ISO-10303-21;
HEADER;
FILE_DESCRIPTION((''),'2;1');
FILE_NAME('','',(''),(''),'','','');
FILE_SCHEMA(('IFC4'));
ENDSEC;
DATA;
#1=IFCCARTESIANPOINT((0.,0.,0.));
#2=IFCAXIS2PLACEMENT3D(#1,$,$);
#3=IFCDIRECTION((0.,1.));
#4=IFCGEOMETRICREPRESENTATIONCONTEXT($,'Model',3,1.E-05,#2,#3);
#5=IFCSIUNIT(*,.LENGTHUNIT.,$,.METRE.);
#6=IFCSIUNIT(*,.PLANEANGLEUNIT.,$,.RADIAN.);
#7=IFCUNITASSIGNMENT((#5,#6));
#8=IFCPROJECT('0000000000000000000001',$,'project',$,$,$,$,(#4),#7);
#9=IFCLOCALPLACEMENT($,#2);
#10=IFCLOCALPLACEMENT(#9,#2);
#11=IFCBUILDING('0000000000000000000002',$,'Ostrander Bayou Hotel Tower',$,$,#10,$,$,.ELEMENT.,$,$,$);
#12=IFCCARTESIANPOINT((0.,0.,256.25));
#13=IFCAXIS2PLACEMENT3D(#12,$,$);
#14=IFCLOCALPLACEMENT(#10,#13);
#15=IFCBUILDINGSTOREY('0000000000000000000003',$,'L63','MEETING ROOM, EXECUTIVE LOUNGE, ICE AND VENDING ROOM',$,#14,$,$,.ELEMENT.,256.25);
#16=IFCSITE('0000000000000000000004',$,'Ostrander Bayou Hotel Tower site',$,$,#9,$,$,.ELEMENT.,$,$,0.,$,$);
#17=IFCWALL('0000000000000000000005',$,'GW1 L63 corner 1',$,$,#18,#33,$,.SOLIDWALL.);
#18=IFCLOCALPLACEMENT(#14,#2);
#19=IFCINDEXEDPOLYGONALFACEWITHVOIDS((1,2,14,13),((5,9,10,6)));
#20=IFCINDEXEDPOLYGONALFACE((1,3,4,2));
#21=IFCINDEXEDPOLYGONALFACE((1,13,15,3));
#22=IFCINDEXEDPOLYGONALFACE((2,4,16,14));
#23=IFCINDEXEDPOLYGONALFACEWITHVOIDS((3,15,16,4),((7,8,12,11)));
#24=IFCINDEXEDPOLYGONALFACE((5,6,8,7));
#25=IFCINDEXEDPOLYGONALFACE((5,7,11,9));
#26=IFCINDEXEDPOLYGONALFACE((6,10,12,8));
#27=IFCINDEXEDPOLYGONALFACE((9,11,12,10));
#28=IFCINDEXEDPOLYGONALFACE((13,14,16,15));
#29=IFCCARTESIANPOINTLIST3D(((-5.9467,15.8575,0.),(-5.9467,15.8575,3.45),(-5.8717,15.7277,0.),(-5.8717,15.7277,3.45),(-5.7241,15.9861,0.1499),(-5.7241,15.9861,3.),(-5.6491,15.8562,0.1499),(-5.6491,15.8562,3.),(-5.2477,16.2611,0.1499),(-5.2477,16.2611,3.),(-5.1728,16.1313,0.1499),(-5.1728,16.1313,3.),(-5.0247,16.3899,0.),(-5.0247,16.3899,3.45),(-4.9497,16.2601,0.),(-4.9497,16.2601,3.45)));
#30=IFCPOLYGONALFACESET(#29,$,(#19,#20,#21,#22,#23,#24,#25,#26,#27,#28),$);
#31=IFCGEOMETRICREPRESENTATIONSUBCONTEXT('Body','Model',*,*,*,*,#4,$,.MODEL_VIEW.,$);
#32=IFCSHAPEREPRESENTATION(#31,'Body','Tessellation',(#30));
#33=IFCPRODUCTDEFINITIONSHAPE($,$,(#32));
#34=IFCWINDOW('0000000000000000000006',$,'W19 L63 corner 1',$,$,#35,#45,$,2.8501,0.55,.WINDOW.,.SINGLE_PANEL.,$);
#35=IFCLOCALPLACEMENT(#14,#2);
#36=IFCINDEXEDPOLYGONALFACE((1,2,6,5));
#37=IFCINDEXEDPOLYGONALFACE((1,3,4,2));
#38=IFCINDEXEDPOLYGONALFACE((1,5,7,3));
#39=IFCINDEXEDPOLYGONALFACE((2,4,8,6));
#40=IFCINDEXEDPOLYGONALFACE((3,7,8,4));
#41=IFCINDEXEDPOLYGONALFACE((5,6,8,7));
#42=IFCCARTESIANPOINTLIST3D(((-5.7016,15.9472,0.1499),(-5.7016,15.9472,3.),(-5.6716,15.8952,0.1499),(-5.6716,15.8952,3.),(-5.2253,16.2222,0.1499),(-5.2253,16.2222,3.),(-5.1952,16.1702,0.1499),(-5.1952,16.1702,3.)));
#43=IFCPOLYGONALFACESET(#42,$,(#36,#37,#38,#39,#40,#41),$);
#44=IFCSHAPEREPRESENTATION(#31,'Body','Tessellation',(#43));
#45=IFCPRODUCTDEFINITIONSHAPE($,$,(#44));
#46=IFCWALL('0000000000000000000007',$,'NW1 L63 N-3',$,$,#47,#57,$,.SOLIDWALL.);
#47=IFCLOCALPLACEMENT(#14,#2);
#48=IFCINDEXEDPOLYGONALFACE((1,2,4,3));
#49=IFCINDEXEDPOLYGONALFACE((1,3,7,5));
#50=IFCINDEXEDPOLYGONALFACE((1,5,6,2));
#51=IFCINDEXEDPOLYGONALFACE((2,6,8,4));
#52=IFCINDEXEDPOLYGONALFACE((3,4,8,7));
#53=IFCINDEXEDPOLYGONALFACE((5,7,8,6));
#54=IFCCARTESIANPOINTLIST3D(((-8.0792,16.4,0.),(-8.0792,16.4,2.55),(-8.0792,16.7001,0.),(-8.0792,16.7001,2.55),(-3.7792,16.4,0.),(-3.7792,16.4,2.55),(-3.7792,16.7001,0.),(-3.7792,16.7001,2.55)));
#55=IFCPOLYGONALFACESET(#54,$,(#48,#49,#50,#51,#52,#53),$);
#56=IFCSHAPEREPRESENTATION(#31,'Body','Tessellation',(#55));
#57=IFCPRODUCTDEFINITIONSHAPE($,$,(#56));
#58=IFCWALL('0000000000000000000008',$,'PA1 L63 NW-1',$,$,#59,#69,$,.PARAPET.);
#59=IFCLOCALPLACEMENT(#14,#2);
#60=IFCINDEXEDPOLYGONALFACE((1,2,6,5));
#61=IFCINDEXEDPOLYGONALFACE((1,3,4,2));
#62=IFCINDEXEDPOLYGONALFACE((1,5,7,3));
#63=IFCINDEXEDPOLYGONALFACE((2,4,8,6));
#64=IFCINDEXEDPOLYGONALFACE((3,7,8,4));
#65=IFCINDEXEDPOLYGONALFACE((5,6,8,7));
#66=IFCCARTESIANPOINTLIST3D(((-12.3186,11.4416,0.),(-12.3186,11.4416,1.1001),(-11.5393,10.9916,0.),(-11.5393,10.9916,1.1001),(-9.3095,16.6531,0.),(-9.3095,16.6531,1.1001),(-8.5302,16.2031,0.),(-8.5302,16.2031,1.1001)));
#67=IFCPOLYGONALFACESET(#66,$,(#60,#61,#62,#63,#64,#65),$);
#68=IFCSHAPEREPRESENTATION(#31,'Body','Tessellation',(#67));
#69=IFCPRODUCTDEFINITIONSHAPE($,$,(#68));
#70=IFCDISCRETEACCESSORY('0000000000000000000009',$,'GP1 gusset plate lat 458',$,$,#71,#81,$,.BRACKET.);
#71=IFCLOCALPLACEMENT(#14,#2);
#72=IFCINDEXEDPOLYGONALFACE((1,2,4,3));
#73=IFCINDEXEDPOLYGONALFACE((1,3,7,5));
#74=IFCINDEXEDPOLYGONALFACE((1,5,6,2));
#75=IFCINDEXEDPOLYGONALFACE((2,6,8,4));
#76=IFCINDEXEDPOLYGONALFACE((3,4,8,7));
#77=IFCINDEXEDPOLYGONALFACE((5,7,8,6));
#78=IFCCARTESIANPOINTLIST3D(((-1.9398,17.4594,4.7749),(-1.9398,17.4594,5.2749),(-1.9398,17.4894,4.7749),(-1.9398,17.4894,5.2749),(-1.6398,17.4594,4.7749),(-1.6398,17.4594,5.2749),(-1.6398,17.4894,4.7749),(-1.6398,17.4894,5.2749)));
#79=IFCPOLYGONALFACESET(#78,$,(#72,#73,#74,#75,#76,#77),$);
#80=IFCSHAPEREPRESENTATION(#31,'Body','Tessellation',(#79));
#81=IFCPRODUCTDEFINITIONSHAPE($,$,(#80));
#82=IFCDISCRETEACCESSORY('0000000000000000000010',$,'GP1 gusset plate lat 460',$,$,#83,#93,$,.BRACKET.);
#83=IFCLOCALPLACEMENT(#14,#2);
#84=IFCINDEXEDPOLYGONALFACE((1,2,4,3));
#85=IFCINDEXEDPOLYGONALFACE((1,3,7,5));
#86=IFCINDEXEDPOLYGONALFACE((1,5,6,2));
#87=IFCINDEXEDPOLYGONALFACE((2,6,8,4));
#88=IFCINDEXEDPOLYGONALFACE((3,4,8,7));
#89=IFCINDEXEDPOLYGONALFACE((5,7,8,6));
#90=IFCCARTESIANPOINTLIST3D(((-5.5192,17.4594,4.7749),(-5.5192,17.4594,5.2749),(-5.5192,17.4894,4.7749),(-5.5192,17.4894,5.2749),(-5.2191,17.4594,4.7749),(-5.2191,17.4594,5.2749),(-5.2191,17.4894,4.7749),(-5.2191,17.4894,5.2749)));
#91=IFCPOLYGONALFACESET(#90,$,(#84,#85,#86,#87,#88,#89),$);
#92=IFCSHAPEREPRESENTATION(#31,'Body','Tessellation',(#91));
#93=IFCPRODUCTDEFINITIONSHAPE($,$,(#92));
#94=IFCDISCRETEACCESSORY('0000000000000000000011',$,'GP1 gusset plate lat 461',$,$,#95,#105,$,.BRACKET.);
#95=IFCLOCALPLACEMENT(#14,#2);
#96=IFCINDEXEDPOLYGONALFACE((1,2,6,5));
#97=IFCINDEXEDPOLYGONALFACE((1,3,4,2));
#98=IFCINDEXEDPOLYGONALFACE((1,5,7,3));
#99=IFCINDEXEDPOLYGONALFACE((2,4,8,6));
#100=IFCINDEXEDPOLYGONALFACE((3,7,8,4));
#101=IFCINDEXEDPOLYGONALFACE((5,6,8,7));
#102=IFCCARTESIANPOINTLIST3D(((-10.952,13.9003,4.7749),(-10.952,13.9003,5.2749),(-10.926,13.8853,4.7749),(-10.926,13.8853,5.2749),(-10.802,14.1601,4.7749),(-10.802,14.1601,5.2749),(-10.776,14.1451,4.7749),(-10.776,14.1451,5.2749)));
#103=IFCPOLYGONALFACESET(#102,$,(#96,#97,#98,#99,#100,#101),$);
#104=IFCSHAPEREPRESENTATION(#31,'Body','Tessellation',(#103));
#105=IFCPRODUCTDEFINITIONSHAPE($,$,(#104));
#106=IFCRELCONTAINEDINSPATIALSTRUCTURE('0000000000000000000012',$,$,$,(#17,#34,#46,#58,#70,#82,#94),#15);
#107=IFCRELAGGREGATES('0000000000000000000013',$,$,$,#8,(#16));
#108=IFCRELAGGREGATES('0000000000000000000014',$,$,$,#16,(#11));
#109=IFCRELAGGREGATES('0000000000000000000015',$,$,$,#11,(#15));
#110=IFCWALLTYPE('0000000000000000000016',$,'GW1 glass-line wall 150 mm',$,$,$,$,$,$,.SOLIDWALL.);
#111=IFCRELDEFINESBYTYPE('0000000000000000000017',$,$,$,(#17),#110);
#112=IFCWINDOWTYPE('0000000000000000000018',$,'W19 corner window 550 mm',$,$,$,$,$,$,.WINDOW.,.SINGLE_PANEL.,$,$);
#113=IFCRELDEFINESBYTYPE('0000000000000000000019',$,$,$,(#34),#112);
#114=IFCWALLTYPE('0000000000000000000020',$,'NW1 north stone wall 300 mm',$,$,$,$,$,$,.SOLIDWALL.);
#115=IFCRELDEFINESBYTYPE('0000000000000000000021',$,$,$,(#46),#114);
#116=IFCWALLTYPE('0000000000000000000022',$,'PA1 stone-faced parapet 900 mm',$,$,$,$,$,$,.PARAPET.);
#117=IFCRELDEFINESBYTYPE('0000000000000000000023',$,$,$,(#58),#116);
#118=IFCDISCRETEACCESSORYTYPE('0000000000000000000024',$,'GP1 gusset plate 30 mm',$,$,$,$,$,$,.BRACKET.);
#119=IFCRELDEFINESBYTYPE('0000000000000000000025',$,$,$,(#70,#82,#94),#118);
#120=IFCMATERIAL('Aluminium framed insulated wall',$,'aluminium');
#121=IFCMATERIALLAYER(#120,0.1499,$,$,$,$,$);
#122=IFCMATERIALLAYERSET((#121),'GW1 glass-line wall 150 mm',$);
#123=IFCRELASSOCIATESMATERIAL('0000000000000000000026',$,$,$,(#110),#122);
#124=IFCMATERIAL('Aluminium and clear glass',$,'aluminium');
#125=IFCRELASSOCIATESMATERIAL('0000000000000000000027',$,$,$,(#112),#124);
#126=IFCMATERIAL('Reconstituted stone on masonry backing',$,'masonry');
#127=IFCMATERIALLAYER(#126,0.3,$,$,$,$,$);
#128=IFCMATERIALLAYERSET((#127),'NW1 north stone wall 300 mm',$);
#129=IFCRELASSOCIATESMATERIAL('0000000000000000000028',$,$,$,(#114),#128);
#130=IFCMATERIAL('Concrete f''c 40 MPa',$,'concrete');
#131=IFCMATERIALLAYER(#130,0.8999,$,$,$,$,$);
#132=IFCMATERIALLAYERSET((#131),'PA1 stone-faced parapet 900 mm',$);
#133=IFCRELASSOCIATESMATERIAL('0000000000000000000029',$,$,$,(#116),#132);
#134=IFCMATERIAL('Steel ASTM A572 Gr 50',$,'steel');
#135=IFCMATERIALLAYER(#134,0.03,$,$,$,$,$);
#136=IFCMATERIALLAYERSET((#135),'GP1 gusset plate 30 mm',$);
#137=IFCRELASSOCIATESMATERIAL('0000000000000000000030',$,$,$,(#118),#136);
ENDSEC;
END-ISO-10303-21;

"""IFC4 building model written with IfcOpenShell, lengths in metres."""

from ifc_helpers import new_model, si_unit, direction, frame, frame_2d, origin, origin_2d, place, context, subcontext, project, spatial, rectangle, extrude, material, layer, layer_set, type_object, element, fill, save


model = new_model("IFC4")

# Units and contexts
model_context = context("Model", 3, precision=1e-05, world=origin(), true_north=direction((0.0, 1.0)))
body_context = subcontext(model_context, "Body", "Model", "MODEL_VIEW")
ifc_project = project(units=[si_unit("LENGTHUNIT", "METRE"), si_unit("PLANEANGLEUNIT", "RADIAN")], contexts=[model_context])

# Site, building, storey
site_placement = place(None, origin())
site = spatial("IfcSite", under=ifc_project, at=site_placement, Name="Ostrander Bayou Hotel Tower site", CompositionType="ELEMENT", RefElevation=0.0)
building_placement = place(site_placement, origin())
building = spatial("IfcBuilding", under=site, at=building_placement, Name="Ostrander Bayou Hotel Tower", CompositionType="ELEMENT")
storey_placement = place(building_placement, frame((0.0, 0.0, 256.25)))
storey = spatial("IfcBuildingStorey", under=building, at=storey_placement, Name="L63", Description="MEETING ROOM, EXECUTIVE LOUNGE, ICE AND VENDING ROOM", CompositionType="ELEMENT", Elevation=256.25)

# Shared definitions
ifc_material_1 = material(Name="Aluminium framed insulated wall", Category="aluminium")
ifc_layer_1 = layer(ifc_material_1, 0.1499)
ifc_layer_set_1 = layer_set([ifc_layer_1], Name="GW1 glass-line wall 150 mm")
wall_type_1 = type_object("IfcWallType", Name="GW1 glass-line wall 150 mm", PredefinedType="SOLIDWALL", material=ifc_layer_set_1)

# Wall, opening, window
wall_1_placement = place(storey_placement, frame((-4.9873, 16.325, 0.0), z_axis=(0.0, 0.0, 1.0), x_axis=(-0.865991, -0.50006, 0.0)))
wall_1 = element("IfcWall", 1, at=wall_1_placement, inside=storey, type_object=wall_type_1, Name="GW1 L63 corner 1", PredefinedType="SOLIDWALL", context=body_context, shape_type="SweptSolid", body=[
    extrude(rectangle(XDim=1.0647, YDim=0.1499, at=frame_2d((0.5322, 0.0))), origin(), (0.0, 0.0, 1.0), 3.45),
])
opening_1_placement = place(wall_1_placement, frame((0.2576, 0.0, 0.1499)))
opening_1 = element("IfcOpeningElement", 2, at=opening_1_placement, cuts=wall_1, PredefinedType="OPENING", context=body_context, shape_type="SweptSolid", body=[
    extrude(rectangle(XDim=0.55, YDim=2.8501, at=frame_2d((0.2749, 1.425))), frame((0.0, 0.075, 0.0), z_axis=(0.0, -1.0, 0.0), x_axis=(1.0, 0.0, 0.0)), (0.0, 0.0, 1.0), 0.1499),
])
ifc_material_2 = material(Name="Aluminium and clear glass", Category="aluminium")
window_type_1 = type_object("IfcWindowType", Name="W19 corner window 550 mm", PartitioningType="SINGLE_PANEL", PredefinedType="WINDOW", material=ifc_material_2)
window_1_placement = place(opening_1_placement, origin())
window_1 = element("IfcWindow", 3, at=window_1_placement, inside=storey, type_object=window_type_1, Name="W19 L63 corner 1", OverallHeight=2.8501, OverallWidth=0.55, PartitioningType="SINGLE_PANEL", PredefinedType="WINDOW", context=body_context, shape_type="SweptSolid", body=[
    extrude(rectangle(XDim=0.55, YDim=2.8501, at=frame_2d((0.2749, 1.425))), frame((0.0, 0.03, 0.0), z_axis=(0.0, -1.0, 0.0), x_axis=(1.0, 0.0, 0.0)), (0.0, 0.0, 1.0), 0.0601),
])
fill(opening_1, window_1)

# Walls
ifc_material_3 = material(Name="Reconstituted stone on masonry backing", Category="masonry")
ifc_layer_2 = layer(ifc_material_3, 0.3)
ifc_layer_set_2 = layer_set([ifc_layer_2], Name="NW1 north stone wall 300 mm")
wall_type_2 = type_object("IfcWallType", Name="NW1 north stone wall 300 mm", PredefinedType="SOLIDWALL", material=ifc_layer_set_2)
wall_2_placement = place(storey_placement, frame((-3.7793, 16.55, 0.0), z_axis=(0.0, 0.0, 1.0), x_axis=(-1.0, 0.0, 0.0)))
element("IfcWall", 4, at=wall_2_placement, inside=storey, type_object=wall_type_2, Name="NW1 L63 N-3", PredefinedType="SOLIDWALL", context=body_context, shape_type="SweptSolid", body=[
    extrude(rectangle(XDim=4.3, YDim=0.3, at=frame_2d((2.1499, 0.0))), origin(), (0.0, 0.0, 1.0), 2.55),
])
ifc_material_4 = material(Name="Concrete f'c 40 MPa", Category="concrete")
ifc_layer_3 = layer(ifc_material_4, 0.8999)
ifc_layer_set_3 = layer_set([ifc_layer_3], Name="PA1 stone-faced parapet 900 mm")
wall_type_3 = type_object("IfcWallType", Name="PA1 stone-faced parapet 900 mm", PredefinedType="PARAPET", material=ifc_layer_set_3)
wall_3_placement = place(storey_placement, frame((-8.9199, 16.428, 0.0), z_axis=(0.0, 0.0, 1.0), x_axis=(-0.500027, -0.86601, 0.0)))
element("IfcWall", 5, at=wall_3_placement, inside=storey, type_object=wall_type_3, Name="PA1 L63 NW-1", PredefinedType="PARAPET", context=body_context, shape_type="SweptSolid", body=[
    extrude(rectangle(XDim=6.0178, YDim=0.8999, at=frame_2d((3.0088, 0.0))), origin(), (0.0, 0.0, 1.0), 1.1001),
])

# Discrete accessories
ifc_material_5 = material(Name="Steel ASTM A572 Gr 50", Category="steel")
ifc_layer_4 = layer(ifc_material_5, 0.03)
ifc_layer_set_4 = layer_set([ifc_layer_4], Name="GP1 gusset plate 30 mm")
discrete_accessory_type = type_object("IfcDiscreteAccessoryType", Name="GP1 gusset plate 30 mm", PredefinedType="BRACKET", material=ifc_layer_set_4)
for number, where, z_axis, x_axis, name in (
    (6, (-1.7898, 17.4744, 4.7749), (0.0, 0.0, 1.0), (-1.0, 0.0, 0.0), "GP1 gusset plate lat 458"),
    (7, (-5.3691, 17.4744, 4.7749), (0.0, 0.0, 1.0), (-1.0, 0.0, 0.0), "GP1 gusset plate lat 460"),
    (8, (-10.864, 14.0227, 4.7749), (0.0, 0.0, 1.0), (-0.5, -0.866025, 0.0), "GP1 gusset plate lat 461"),
):
    element("IfcDiscreteAccessory", number, at=place(storey_placement, frame(where, z_axis=z_axis, x_axis=x_axis)), inside=storey, type_object=discrete_accessory_type, Name=name, PredefinedType="BRACKET", context=body_context, shape_type="SweptSolid", body=[
        extrude(rectangle(XDim=0.3, YDim=0.03, at=origin_2d()), origin(), (0.0, 0.0, 1.0), 0.5),
    ])

save(model, "model.ifc")
